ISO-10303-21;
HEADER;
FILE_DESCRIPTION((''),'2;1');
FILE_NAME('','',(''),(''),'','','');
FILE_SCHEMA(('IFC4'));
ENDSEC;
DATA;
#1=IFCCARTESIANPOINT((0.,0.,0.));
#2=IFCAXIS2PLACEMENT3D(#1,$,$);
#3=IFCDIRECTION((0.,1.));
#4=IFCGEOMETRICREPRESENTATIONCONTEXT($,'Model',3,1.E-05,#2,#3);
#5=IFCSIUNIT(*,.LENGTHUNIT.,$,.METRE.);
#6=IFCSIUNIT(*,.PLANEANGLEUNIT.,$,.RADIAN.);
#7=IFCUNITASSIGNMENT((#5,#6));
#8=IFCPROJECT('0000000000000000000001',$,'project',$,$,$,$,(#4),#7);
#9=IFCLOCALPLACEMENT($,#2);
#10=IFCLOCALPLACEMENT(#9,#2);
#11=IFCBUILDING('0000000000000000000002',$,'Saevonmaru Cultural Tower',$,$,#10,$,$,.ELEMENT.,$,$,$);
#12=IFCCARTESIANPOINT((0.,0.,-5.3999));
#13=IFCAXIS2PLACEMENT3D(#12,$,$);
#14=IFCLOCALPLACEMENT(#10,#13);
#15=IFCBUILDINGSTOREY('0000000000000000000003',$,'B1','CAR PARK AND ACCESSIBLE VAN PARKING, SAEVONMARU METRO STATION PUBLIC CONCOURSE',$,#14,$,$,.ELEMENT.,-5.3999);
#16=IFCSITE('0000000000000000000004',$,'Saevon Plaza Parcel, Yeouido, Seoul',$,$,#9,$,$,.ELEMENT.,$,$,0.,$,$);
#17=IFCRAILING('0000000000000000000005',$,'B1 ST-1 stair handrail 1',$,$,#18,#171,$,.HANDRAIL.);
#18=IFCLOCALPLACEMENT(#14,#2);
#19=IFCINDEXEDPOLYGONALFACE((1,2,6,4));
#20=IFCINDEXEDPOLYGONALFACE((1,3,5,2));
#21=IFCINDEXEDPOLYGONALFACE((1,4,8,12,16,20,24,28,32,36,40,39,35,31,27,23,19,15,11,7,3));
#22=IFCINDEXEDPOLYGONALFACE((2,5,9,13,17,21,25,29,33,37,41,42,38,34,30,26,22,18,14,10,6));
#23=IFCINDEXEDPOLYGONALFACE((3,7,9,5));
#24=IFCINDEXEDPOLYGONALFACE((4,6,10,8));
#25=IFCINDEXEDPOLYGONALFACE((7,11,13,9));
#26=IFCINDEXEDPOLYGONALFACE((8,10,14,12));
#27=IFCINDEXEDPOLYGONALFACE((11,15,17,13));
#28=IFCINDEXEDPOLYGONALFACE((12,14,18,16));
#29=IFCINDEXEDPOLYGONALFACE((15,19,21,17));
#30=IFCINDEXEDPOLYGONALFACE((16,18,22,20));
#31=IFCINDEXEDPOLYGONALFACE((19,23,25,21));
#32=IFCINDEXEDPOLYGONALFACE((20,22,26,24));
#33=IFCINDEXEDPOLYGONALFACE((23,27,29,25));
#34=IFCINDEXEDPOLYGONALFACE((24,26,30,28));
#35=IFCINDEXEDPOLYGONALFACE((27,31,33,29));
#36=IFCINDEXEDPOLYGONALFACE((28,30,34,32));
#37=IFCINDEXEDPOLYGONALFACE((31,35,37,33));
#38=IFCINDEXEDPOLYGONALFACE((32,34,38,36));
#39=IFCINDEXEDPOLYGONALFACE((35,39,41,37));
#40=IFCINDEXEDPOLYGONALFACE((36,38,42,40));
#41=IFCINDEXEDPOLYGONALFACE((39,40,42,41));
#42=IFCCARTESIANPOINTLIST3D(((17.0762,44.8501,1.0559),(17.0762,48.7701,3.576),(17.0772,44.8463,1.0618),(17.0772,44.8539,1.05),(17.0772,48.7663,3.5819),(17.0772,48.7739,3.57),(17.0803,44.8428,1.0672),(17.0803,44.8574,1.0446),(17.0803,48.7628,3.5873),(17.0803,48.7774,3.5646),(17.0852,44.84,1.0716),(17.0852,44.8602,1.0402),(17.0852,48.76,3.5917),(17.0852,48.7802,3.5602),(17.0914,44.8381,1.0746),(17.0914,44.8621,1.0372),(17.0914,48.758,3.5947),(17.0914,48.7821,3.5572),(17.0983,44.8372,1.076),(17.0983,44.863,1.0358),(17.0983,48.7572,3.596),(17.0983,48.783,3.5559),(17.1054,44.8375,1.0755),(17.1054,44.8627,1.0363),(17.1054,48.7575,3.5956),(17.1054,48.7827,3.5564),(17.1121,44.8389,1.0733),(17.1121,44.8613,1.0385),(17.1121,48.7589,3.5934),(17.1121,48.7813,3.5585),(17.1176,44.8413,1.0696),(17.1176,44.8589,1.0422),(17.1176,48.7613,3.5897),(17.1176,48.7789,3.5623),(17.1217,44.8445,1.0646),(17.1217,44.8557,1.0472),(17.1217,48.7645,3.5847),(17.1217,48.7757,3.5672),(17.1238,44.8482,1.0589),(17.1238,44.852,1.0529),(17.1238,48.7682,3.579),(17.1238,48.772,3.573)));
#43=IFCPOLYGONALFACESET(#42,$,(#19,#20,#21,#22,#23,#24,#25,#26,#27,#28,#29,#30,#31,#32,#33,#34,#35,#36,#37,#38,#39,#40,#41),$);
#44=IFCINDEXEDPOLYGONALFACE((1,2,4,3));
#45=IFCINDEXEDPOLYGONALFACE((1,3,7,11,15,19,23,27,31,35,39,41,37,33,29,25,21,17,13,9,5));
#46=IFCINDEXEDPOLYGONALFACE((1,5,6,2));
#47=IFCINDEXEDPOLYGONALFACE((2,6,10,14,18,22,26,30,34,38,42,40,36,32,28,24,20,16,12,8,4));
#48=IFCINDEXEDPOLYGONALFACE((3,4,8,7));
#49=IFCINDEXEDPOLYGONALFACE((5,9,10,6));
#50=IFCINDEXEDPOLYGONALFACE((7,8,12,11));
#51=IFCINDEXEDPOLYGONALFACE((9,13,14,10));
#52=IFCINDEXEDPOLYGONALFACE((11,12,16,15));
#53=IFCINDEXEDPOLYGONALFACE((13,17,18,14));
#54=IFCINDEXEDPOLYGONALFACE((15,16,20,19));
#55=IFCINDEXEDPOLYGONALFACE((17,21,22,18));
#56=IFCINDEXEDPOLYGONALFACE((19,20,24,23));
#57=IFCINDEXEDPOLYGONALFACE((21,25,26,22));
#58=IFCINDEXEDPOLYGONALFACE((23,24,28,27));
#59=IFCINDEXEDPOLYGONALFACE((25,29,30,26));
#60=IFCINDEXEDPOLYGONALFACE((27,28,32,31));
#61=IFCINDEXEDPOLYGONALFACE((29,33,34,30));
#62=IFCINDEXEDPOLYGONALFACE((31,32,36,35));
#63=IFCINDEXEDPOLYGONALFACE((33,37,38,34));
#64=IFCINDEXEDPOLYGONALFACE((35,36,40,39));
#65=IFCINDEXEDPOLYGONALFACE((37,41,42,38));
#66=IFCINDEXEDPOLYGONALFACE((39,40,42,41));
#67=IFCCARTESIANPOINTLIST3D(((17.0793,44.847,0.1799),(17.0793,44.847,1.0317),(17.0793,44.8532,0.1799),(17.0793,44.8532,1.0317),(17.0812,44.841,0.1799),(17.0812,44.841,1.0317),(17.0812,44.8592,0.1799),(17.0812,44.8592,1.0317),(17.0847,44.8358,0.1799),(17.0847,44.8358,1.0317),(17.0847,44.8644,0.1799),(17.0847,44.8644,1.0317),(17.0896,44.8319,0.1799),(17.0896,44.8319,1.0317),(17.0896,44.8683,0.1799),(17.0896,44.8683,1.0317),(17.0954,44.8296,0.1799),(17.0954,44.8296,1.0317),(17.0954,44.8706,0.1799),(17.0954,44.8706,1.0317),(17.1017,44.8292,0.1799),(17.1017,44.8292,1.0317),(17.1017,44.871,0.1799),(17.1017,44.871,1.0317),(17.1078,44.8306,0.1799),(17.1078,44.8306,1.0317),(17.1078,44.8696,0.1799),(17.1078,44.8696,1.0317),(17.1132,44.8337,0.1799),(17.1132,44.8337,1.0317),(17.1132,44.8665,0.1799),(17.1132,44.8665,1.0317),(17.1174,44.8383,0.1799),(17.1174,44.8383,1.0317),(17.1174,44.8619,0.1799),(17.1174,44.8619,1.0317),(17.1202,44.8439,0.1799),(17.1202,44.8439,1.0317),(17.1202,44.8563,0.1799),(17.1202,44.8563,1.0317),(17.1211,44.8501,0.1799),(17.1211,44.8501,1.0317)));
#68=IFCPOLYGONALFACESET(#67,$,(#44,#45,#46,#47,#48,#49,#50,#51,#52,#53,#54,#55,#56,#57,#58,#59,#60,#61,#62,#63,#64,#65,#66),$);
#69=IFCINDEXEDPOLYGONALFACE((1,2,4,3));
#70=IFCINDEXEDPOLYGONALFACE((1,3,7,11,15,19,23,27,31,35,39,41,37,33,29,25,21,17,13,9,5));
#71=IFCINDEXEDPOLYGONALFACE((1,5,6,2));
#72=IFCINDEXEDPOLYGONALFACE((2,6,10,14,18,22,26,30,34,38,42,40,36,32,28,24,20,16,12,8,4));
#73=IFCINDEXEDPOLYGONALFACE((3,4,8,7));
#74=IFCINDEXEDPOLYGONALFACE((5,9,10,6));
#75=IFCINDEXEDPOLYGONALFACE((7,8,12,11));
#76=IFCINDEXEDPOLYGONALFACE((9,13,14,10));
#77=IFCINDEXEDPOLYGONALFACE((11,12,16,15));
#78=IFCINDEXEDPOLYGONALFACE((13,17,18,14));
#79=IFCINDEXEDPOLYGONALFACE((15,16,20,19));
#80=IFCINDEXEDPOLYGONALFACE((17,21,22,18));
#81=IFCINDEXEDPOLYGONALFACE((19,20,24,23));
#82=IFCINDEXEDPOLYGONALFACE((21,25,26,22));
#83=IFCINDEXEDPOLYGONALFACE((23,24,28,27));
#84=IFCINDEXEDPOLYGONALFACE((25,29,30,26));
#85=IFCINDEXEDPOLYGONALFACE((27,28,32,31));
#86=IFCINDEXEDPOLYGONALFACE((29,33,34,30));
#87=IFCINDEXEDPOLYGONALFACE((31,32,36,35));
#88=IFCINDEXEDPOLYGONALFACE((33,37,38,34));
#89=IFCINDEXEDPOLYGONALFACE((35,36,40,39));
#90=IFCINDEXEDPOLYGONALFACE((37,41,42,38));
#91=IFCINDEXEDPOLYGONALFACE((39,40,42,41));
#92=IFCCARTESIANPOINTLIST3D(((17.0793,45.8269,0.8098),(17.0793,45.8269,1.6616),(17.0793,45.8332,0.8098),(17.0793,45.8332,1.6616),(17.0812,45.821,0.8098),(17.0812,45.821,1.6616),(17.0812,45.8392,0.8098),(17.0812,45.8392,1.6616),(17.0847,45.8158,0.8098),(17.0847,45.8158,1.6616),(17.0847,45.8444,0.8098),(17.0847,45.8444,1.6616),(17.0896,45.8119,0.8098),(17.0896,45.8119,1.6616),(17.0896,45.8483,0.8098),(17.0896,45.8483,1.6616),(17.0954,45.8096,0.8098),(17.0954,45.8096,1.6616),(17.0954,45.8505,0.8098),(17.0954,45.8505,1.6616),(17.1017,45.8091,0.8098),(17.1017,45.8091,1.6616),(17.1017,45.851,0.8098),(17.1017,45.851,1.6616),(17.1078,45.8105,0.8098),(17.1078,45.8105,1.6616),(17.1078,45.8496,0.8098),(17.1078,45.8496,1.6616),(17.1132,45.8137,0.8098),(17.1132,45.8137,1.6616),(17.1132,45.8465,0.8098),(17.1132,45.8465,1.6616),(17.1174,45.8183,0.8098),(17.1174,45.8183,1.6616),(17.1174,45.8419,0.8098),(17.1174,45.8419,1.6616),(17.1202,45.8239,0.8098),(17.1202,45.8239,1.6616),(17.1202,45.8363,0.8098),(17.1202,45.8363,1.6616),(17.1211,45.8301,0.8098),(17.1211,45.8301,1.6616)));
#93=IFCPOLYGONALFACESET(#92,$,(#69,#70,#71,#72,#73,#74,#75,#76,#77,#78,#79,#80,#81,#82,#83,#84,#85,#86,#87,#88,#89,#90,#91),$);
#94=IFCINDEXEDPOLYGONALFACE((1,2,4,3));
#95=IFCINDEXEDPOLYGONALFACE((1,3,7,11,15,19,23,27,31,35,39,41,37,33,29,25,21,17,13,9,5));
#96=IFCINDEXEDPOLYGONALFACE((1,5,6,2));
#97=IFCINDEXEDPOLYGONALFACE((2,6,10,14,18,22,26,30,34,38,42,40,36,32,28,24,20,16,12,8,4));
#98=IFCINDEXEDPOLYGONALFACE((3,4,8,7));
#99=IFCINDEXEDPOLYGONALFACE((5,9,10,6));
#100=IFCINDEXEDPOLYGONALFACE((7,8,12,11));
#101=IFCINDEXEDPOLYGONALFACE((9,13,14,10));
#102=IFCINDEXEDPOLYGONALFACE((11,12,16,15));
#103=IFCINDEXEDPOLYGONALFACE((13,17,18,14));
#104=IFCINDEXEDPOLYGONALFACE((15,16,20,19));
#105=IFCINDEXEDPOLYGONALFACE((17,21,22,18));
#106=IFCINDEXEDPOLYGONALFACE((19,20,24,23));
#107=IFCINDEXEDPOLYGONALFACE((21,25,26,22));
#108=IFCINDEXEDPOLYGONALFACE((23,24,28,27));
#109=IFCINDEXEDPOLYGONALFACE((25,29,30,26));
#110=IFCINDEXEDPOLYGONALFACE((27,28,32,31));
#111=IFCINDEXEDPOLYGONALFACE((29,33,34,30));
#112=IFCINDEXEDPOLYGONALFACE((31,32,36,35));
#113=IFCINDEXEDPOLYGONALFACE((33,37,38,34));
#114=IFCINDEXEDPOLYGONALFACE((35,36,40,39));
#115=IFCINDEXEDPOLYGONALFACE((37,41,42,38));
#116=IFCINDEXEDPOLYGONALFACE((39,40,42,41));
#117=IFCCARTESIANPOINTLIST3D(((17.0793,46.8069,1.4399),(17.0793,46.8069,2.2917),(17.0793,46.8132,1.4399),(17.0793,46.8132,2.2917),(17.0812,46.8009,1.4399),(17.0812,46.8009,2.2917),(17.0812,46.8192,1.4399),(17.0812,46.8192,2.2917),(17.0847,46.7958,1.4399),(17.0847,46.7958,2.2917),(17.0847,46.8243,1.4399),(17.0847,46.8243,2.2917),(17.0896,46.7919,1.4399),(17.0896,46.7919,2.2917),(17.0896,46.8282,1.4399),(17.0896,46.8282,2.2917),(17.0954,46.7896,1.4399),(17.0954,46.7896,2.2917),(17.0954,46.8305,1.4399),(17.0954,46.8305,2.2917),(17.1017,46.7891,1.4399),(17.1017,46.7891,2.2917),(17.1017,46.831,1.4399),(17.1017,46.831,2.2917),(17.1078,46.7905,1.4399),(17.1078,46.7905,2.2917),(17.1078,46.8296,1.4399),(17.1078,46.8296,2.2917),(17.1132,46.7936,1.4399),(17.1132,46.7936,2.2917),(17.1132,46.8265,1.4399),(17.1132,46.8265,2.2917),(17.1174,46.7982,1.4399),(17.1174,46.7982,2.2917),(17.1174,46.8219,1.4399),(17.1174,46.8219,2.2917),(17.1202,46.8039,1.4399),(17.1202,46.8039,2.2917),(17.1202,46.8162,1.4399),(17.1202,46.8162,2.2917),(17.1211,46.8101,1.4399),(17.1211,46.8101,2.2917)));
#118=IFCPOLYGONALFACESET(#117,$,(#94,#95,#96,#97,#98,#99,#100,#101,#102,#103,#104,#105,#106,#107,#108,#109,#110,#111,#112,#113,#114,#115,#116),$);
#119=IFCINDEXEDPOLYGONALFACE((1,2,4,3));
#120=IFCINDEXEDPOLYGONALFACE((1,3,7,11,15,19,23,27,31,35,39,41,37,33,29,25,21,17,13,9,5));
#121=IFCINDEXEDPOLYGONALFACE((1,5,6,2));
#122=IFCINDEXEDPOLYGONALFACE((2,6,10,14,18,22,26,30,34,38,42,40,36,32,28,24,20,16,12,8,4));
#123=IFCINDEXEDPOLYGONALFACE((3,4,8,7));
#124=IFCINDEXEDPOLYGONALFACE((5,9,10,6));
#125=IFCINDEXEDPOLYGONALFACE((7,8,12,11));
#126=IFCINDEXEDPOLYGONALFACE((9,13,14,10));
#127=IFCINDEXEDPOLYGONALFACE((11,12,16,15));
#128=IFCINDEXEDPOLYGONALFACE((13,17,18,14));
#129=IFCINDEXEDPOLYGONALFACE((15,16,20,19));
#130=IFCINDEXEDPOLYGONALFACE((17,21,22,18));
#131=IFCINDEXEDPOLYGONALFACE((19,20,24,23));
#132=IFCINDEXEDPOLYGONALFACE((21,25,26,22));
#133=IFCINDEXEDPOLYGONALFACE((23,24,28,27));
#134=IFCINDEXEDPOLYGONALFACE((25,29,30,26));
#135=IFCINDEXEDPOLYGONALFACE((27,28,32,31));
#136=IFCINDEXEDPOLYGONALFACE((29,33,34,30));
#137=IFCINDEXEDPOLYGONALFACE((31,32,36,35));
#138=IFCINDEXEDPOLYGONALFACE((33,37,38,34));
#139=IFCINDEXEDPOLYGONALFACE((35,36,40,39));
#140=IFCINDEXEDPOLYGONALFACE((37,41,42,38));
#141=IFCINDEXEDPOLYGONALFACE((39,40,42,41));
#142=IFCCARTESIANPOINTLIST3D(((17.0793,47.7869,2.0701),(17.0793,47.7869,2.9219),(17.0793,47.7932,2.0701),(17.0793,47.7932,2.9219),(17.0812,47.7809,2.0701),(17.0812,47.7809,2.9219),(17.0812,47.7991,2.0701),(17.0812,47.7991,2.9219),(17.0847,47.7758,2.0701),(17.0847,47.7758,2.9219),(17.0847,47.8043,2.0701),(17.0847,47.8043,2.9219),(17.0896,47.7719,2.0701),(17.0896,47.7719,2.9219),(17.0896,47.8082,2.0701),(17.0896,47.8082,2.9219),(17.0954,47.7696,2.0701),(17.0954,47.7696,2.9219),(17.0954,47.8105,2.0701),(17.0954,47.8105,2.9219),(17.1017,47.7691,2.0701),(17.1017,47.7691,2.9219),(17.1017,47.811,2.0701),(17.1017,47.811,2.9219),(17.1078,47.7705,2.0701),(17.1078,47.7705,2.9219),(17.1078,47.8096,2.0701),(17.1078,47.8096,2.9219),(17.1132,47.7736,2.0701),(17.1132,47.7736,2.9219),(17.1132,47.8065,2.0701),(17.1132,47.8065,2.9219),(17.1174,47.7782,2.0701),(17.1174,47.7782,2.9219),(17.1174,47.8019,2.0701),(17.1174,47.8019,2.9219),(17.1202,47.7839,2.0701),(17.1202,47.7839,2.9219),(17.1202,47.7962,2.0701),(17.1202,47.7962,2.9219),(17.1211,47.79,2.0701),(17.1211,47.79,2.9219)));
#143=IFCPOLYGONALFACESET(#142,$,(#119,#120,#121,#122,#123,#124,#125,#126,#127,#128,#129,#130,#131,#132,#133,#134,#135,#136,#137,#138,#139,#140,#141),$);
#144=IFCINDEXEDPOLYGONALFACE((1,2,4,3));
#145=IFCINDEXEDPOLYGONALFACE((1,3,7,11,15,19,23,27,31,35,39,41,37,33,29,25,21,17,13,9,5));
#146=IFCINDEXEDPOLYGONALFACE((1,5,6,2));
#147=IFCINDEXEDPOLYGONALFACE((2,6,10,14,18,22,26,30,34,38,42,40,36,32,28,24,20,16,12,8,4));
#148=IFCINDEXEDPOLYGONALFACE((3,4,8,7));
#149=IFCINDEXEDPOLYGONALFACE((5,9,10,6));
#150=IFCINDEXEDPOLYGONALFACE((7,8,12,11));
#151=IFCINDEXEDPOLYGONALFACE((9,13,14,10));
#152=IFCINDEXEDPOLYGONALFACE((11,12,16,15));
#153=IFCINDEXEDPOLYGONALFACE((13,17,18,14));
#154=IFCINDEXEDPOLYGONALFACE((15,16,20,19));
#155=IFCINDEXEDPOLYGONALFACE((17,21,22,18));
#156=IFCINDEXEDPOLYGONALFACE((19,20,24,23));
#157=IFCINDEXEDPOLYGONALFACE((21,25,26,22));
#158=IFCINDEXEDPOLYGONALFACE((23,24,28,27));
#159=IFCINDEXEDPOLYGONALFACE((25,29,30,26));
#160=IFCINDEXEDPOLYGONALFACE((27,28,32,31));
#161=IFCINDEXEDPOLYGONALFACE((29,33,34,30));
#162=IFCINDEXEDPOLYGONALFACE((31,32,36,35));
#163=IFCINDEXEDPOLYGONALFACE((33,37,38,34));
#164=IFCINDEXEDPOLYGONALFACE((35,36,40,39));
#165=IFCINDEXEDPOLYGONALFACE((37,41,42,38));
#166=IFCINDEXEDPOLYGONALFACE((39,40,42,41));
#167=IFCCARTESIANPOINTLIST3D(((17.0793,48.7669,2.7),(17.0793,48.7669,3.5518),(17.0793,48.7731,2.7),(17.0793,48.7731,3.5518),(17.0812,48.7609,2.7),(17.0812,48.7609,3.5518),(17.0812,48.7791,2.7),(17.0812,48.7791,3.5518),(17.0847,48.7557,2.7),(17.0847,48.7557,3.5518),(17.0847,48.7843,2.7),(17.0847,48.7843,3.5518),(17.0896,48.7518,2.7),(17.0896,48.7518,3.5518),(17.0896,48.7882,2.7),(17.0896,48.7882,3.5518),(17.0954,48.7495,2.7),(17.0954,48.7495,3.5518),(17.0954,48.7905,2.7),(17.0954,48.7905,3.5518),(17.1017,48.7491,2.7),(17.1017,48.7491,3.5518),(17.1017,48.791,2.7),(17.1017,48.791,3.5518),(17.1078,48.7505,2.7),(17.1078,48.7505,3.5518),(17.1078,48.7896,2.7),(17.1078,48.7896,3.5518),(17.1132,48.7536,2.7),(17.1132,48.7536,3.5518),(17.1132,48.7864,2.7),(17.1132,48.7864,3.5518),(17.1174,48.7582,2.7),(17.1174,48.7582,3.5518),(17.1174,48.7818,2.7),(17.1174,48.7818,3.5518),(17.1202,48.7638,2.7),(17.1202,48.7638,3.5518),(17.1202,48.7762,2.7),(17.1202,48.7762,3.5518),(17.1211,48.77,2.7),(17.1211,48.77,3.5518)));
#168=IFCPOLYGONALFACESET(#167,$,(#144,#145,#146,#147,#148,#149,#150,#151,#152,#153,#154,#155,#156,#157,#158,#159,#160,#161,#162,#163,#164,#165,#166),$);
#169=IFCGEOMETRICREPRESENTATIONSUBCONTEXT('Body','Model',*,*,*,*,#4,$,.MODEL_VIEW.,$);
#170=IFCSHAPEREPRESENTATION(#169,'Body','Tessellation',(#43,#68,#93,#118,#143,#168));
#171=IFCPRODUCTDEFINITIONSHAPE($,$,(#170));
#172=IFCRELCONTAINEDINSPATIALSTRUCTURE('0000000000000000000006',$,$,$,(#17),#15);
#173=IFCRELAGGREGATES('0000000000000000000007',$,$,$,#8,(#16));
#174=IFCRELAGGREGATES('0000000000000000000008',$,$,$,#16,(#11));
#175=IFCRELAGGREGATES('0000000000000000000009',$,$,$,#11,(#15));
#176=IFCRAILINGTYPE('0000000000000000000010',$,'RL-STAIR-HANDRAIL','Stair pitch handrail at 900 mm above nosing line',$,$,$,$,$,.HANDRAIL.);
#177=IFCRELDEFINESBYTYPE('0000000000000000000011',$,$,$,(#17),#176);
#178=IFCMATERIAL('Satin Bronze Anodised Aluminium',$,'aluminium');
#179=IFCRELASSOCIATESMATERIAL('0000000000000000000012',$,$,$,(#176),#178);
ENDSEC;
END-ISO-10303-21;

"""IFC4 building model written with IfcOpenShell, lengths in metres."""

from ifc_helpers import new_model, si_unit, direction, frame, origin, origin_2d, place, context, subcontext, project, spatial, circle, extrude, material, type_object, element, save


model = new_model("IFC4")

# Units and contexts
model_context = context("Model", 3, precision=1e-05, world=origin(), true_north=direction((0.0, 1.0)))
body_context = subcontext(model_context, "Body", "Model", "MODEL_VIEW")
ifc_project = project(units=[si_unit("LENGTHUNIT", "METRE"), si_unit("PLANEANGLEUNIT", "RADIAN")], contexts=[model_context])

# Site, building, storey
site_placement = place(None, origin())
site = spatial("IfcSite", under=ifc_project, at=site_placement, Name="Saevon Plaza Parcel, Yeouido, Seoul", CompositionType="ELEMENT", RefElevation=0.0)
building_placement = place(site_placement, origin())
building = spatial("IfcBuilding", under=site, at=building_placement, Name="Saevonmaru Cultural Tower", CompositionType="ELEMENT")
storey_placement = place(building_placement, frame((0.0, 0.0, -5.3999)))
storey = spatial("IfcBuildingStorey", under=building, at=storey_placement, Name="B1", Description="CAR PARK AND ACCESSIBLE VAN PARKING, SAEVONMARU METRO STATION PUBLIC CONCOURSE", CompositionType="ELEMENT", Elevation=-5.3999)

# Shared definitions
ifc_material_1 = material(Name="Satin Bronze Anodised Aluminium", Category="aluminium")

# Railing
railing_type_1 = type_object("IfcRailingType", Name="RL-STAIR-HANDRAIL", Description="Stair pitch handrail at 900 mm above nosing line", PredefinedType="HANDRAIL", material=ifc_material_1)
railing_1_placement = place(storey_placement, frame((17.1001, 44.8501, 0.1799)))
element("IfcRailing", 1, at=railing_1_placement, inside=storey, type_object=railing_type_1, Name="B1 ST-1 stair handrail 1", PredefinedType="HANDRAIL", context=body_context, shape_type="SweptSolid", body=[
    extrude(circle(Radius=0.0239, at=origin_2d()), frame((0.0, 0.0, 0.876), z_axis=(0.0, 0.841172, 0.540768), x_axis=(-1.0, 0.0, 0.0)), (0.0, 0.0, 1.0), 4.6602),
    extrude(circle(Radius=0.021, at=origin_2d()), origin(), (0.0, 0.0, 1.0), 0.8518),
    extrude(circle(Radius=0.021, at=origin_2d()), frame((0.0, 0.98, 0.6299)), (0.0, 0.0, 1.0), 0.8518),
    extrude(circle(Radius=0.021, at=origin_2d()), frame((0.0, 1.96, 1.26)), (0.0, 0.0, 1.0), 0.8518),
    extrude(circle(Radius=0.021, at=origin_2d()), frame((0.0, 2.9399, 1.8901)), (0.0, 0.0, 1.0), 0.8518),
    extrude(circle(Radius=0.021, at=origin_2d()), frame((0.0, 3.9199, 2.52)), (0.0, 0.0, 1.0), 0.8518),
])

save(model, "model.ifc")
